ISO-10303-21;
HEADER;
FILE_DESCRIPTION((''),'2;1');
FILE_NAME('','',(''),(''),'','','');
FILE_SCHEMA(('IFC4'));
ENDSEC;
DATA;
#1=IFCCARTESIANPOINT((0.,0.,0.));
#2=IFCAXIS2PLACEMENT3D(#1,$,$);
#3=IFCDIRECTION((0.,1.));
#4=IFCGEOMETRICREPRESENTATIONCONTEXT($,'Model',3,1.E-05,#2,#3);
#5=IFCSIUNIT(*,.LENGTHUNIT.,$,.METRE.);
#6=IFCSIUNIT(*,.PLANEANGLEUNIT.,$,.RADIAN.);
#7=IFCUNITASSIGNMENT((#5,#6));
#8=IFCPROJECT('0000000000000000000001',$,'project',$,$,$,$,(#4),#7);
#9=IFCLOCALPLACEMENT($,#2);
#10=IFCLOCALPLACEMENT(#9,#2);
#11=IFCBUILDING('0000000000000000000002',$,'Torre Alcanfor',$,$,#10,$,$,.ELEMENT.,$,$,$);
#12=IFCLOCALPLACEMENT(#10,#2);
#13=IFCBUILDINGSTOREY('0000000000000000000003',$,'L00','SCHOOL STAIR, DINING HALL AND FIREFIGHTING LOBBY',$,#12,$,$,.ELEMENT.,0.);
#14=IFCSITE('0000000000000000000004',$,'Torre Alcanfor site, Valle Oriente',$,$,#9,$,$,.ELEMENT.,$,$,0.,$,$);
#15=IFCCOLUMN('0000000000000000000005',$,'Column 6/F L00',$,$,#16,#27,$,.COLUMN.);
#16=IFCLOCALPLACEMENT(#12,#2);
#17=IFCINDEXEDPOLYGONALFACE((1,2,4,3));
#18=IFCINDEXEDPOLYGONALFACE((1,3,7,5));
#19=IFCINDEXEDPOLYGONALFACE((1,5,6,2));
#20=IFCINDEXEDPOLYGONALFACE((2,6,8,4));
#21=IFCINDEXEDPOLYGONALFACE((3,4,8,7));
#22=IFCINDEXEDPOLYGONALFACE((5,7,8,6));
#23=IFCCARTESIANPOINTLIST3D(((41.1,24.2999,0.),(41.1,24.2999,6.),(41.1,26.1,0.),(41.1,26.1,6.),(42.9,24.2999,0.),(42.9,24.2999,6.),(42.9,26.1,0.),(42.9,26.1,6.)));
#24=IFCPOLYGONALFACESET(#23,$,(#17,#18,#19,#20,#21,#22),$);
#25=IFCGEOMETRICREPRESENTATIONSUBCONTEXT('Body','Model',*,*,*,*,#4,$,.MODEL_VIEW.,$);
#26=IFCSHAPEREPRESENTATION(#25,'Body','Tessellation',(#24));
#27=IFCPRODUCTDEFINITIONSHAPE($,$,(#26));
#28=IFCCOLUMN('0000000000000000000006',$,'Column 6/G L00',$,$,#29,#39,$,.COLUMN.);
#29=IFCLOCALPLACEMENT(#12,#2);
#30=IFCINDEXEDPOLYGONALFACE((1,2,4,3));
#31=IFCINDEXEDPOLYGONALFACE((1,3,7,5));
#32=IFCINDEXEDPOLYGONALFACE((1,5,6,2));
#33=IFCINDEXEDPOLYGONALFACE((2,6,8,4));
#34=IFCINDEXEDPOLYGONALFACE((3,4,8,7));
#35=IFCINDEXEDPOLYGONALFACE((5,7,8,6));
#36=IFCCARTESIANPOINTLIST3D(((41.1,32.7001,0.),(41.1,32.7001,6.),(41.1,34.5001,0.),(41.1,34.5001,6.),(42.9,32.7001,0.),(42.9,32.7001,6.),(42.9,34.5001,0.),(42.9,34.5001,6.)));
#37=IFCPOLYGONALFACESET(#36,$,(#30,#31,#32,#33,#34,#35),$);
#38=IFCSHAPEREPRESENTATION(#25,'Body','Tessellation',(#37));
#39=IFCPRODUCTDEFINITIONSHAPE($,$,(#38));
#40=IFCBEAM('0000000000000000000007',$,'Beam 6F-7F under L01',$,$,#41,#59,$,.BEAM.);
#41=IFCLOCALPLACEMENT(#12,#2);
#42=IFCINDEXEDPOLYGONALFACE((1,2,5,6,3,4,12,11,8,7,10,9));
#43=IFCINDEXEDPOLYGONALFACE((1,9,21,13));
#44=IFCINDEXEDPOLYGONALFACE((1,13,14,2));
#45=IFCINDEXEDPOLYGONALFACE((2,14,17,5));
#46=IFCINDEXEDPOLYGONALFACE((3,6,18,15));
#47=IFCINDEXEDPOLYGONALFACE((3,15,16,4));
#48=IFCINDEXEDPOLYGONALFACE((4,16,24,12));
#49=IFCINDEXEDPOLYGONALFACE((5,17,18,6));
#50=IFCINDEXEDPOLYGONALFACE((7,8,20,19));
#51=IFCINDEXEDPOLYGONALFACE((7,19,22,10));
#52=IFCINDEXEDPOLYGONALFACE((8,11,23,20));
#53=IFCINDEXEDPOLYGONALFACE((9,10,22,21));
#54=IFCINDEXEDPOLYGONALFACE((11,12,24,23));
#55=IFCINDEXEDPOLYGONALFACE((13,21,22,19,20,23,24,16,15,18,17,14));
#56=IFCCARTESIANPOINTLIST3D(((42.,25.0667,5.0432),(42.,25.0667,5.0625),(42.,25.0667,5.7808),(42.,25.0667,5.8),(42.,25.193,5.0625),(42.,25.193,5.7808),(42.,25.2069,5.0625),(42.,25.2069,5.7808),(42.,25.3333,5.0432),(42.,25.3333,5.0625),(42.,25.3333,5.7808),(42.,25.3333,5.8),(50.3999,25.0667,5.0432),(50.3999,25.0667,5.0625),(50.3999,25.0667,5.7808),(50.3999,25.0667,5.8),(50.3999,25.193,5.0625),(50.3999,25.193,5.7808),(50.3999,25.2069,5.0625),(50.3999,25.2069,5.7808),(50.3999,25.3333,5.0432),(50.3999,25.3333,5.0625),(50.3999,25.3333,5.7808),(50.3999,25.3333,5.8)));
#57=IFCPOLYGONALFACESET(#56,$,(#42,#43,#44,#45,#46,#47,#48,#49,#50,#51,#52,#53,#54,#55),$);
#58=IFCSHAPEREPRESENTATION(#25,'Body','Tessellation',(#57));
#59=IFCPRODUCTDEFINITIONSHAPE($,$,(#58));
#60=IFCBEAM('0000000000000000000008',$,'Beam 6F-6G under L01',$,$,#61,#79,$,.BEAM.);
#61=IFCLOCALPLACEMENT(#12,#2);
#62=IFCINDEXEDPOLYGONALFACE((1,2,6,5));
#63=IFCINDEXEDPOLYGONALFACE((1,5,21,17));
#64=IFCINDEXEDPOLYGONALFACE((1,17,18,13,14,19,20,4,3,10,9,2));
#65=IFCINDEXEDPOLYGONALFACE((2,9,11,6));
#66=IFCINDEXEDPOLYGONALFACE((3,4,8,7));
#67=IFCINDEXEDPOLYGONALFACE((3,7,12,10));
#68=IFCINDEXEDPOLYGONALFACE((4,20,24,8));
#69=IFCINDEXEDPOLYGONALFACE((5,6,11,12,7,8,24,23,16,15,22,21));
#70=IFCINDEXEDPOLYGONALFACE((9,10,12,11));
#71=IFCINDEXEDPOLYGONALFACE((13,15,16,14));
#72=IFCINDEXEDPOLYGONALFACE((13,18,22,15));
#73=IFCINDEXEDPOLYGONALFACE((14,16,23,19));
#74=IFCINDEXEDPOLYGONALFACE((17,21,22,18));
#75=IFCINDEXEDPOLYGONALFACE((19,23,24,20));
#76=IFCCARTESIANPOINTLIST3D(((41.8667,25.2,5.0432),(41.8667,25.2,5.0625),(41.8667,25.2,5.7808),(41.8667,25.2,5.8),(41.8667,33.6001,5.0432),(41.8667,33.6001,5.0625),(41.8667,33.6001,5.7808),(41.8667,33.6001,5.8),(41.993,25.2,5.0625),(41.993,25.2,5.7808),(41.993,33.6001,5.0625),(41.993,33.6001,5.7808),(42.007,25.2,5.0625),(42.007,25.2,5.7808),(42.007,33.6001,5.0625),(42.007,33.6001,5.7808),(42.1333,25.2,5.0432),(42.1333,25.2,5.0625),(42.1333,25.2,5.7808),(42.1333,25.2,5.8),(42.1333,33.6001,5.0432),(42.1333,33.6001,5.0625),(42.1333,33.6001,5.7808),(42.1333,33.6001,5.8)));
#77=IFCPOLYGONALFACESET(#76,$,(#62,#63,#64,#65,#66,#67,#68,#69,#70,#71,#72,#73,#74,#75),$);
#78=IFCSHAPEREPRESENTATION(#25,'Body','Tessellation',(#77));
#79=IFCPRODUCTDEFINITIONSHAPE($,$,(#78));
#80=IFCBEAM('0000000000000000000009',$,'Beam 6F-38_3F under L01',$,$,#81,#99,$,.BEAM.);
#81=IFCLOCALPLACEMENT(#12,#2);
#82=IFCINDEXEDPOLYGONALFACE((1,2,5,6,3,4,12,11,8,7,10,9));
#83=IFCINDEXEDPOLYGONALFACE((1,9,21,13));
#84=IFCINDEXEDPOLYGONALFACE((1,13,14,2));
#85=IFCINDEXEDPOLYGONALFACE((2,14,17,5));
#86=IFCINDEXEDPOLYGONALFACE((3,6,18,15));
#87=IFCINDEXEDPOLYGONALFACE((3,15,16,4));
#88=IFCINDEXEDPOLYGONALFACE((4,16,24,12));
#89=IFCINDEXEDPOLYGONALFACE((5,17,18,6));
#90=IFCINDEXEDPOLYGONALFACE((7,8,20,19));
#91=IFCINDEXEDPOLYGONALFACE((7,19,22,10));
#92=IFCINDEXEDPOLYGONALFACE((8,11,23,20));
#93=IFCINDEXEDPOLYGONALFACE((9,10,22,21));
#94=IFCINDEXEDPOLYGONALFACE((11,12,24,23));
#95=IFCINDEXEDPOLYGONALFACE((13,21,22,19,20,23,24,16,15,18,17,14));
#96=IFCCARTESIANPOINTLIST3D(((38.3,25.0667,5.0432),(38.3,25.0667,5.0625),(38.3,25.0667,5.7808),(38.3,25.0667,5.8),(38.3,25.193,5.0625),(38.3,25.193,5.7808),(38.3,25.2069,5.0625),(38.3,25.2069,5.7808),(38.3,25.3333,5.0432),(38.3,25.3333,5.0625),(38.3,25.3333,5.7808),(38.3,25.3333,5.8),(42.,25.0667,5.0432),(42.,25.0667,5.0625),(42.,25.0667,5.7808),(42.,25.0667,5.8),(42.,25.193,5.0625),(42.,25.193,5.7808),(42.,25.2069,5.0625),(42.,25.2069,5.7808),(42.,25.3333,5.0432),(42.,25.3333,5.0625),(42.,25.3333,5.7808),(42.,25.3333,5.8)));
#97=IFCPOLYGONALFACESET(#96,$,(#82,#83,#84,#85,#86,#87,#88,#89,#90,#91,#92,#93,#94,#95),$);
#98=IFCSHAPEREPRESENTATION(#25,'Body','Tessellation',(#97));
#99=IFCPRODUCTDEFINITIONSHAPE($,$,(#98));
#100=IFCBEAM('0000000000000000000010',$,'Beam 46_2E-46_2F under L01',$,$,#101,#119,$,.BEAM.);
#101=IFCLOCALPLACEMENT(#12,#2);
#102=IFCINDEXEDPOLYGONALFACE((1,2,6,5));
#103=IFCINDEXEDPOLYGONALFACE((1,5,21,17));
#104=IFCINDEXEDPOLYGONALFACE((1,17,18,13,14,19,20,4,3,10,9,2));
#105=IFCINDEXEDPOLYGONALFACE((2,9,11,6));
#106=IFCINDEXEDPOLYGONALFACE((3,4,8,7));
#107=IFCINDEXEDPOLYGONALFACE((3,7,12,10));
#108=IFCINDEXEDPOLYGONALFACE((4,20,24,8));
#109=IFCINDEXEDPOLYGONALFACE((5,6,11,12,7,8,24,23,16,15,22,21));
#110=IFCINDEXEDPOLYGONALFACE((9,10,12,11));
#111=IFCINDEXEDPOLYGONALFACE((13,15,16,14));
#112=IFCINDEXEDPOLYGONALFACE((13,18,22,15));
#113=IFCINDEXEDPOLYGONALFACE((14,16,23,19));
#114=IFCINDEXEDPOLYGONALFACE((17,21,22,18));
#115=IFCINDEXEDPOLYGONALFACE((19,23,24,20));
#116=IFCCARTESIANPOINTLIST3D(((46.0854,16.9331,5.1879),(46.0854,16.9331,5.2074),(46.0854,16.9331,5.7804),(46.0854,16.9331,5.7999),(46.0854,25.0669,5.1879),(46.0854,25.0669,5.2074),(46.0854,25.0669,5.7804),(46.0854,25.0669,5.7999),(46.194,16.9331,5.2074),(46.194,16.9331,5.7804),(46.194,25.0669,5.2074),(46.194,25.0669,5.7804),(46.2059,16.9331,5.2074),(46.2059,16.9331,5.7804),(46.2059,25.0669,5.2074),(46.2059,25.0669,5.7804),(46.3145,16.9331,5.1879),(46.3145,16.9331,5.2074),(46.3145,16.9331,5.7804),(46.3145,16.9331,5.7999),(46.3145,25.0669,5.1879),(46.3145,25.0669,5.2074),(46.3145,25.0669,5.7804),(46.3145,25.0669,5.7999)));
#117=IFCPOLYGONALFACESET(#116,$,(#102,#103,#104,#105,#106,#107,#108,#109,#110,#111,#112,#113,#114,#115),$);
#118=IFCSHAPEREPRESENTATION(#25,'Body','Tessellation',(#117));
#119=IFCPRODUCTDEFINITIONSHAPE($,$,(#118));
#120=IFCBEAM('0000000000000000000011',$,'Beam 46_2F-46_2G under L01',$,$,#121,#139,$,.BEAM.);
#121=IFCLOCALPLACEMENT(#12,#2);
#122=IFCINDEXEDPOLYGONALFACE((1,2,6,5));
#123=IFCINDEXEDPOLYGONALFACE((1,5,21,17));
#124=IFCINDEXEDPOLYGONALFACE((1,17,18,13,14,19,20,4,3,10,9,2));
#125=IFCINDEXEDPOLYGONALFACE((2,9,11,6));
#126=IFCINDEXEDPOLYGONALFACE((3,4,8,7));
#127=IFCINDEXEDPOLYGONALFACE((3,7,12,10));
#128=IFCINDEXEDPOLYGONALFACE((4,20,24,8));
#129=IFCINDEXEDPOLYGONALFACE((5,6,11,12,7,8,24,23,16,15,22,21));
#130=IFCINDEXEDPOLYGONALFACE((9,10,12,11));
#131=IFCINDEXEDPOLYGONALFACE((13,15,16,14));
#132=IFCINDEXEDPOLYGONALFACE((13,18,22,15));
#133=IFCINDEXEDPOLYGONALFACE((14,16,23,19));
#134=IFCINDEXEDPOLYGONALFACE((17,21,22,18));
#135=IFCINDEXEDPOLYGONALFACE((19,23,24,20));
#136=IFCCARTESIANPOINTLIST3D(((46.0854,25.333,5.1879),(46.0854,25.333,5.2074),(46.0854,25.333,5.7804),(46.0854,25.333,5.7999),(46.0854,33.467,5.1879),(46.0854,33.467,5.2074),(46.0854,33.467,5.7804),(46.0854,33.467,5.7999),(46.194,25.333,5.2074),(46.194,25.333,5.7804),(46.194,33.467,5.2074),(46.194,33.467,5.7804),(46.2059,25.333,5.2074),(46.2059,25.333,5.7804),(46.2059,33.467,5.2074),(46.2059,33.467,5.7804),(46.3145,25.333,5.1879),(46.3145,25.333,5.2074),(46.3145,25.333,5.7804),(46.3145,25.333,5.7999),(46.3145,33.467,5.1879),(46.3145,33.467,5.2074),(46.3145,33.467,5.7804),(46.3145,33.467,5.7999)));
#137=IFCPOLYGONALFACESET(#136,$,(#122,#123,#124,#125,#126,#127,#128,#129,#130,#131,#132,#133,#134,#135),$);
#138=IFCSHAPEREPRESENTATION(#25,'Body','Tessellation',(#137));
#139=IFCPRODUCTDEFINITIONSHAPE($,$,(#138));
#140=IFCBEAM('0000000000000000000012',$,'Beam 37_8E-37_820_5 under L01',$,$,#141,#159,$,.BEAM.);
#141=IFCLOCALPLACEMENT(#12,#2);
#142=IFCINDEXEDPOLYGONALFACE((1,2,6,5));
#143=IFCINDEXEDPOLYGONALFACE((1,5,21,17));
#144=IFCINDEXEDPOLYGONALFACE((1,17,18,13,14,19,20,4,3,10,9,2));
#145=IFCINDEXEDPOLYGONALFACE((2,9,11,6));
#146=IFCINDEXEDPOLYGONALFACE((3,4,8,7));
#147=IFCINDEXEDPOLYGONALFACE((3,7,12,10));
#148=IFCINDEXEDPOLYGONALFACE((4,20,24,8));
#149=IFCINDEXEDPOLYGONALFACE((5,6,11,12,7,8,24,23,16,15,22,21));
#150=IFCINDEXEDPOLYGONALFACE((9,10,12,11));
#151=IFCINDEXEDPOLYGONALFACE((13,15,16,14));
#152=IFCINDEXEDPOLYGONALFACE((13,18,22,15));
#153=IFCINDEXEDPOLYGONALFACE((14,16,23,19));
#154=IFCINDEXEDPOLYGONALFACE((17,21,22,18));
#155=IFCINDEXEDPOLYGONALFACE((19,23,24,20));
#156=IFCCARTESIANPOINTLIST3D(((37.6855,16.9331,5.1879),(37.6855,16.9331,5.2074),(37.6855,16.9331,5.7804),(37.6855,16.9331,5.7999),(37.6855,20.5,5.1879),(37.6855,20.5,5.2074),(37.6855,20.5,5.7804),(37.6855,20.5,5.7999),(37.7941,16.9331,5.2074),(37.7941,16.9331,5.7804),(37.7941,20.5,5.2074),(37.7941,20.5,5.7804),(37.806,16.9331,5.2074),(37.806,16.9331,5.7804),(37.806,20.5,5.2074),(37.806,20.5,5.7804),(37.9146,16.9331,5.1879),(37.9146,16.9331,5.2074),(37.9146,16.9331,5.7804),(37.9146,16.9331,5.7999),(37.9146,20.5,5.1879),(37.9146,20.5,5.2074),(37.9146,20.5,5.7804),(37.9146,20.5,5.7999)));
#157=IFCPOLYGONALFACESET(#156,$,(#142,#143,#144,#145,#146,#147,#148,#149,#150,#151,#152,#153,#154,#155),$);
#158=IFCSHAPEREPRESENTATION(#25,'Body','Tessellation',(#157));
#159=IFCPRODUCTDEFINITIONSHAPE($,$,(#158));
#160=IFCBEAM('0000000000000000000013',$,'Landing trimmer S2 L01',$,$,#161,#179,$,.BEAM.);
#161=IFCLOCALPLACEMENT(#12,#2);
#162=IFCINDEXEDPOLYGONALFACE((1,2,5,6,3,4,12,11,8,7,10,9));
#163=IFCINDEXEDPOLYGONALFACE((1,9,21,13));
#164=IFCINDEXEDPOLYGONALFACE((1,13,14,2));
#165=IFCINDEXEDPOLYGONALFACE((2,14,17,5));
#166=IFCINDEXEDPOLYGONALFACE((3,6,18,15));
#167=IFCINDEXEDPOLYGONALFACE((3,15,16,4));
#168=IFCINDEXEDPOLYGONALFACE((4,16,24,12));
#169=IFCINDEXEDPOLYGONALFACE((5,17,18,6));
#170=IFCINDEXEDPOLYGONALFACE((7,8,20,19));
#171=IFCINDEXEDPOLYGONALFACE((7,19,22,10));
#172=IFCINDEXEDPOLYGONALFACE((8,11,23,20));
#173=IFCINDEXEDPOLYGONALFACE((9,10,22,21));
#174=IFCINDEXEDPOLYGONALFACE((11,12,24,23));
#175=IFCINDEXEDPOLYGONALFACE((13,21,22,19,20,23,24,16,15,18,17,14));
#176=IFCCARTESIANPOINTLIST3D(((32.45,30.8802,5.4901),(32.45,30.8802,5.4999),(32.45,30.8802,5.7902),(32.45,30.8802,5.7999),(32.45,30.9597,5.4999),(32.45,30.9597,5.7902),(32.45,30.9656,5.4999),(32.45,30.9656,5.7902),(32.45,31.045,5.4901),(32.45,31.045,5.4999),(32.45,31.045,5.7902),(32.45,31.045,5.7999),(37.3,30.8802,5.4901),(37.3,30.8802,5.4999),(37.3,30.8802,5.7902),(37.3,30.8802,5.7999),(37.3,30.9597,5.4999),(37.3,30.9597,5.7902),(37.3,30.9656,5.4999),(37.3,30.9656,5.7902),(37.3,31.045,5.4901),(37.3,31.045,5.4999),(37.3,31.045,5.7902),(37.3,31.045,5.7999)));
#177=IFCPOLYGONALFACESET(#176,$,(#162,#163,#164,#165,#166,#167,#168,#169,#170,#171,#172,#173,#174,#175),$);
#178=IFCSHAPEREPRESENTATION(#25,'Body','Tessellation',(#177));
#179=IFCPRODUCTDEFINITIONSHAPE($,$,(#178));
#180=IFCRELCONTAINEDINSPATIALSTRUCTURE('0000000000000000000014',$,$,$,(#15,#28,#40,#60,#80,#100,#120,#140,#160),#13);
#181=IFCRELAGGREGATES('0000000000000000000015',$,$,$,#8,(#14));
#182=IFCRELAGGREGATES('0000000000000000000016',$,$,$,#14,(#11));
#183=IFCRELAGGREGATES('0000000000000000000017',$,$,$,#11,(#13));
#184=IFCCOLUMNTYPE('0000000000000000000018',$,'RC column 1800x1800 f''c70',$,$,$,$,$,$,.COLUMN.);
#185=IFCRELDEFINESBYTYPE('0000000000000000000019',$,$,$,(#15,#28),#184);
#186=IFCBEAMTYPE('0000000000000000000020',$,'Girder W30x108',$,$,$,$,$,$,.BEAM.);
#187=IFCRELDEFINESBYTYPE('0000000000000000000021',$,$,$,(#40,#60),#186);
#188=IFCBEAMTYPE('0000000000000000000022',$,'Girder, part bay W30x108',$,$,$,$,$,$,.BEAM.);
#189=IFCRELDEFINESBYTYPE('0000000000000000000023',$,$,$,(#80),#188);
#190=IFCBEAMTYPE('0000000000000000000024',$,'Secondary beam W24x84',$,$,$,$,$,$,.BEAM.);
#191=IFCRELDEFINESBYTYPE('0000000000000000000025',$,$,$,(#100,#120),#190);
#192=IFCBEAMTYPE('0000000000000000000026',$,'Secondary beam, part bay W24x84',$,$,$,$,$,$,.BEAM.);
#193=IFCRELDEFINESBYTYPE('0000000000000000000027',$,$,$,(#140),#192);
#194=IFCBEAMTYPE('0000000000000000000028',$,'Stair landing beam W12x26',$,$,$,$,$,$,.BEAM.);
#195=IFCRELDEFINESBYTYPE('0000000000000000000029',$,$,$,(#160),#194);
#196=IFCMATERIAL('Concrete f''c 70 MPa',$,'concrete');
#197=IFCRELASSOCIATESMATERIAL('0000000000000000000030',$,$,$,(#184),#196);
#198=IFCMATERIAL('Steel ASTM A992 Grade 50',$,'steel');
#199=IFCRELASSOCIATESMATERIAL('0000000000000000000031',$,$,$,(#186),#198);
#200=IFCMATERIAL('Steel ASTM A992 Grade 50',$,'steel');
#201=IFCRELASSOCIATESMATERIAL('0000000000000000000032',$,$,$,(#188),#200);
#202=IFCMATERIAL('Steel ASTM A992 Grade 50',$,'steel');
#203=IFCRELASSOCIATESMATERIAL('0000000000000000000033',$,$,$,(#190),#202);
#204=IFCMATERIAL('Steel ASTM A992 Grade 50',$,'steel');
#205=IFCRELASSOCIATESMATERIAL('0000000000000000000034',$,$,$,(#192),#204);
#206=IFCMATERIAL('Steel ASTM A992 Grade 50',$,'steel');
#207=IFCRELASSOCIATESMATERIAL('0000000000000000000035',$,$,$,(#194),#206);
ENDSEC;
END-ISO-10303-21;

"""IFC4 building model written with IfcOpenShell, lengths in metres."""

from ifc_helpers import new_model, si_unit, direction, frame, origin, origin_2d, place, context, subcontext, project, spatial, rectangle, i_section, extrude, material, material_profile, profile_set, type_object, element, save


model = new_model("IFC4")

# Units and contexts
model_context = context("Model", 3, precision=1e-05, world=origin(), true_north=direction((0.0, 1.0)))
body_context = subcontext(model_context, "Body", "Model", "MODEL_VIEW")
ifc_project = project(units=[si_unit("LENGTHUNIT", "METRE"), si_unit("PLANEANGLEUNIT", "RADIAN")], contexts=[model_context])

# Site, building, storey
site_placement = place(None, origin())
site = spatial("IfcSite", under=ifc_project, at=site_placement, Name="Torre Alcanfor site, Valle Oriente", CompositionType="ELEMENT", RefElevation=0.0)
building_placement = place(site_placement, origin())
building = spatial("IfcBuilding", under=site, at=building_placement, Name="Torre Alcanfor", CompositionType="ELEMENT")
storey_placement = place(building_placement, origin())
storey = spatial("IfcBuildingStorey", under=building, at=storey_placement, Name="L00", Description="SCHOOL STAIR, DINING HALL AND FIREFIGHTING LOBBY", CompositionType="ELEMENT", Elevation=0.0)

# Columns
ifc_material_1 = material(Name="Concrete f'c 70 MPa", Category="concrete")
ifc_material_profile_1 = material_profile(ifc_material_1, rectangle(XDim=1.8, YDim=1.8, at=origin_2d()), Name="1800x1800")
ifc_profile_set_1 = profile_set([ifc_material_profile_1], Name="Concrete f'c 70 MPa")
column_type = type_object("IfcColumnType", Name="RC column 1800x1800 f'c70", PredefinedType="COLUMN", material=ifc_profile_set_1)
for number, where, z_axis, x_axis, name in (
    (1, (42.0, 25.2, 0.0), (0.0, 0.0, 1.0), (1.0, 0.0, 0.0), "Column 6/F L00"),
    (2, (42.0, 33.6001, 0.0), (0.0, 0.0, 1.0), (1.0, 0.0, 0.0), "Column 6/G L00"),
):
    element("IfcColumn", number, at=place(storey_placement, frame(where, z_axis=z_axis, x_axis=x_axis)), inside=storey, type_object=column_type, Name=name, PredefinedType="COLUMN", context=body_context, shape_type="SweptSolid", body=[
        extrude(rectangle(XDim=1.8, YDim=1.8, at=origin_2d()), origin(), (0.0, 0.0, 1.0), 6.0),
    ])

# Beams
ifc_material_2 = material(Name="Steel ASTM A992 Grade 50", Category="steel")
ifc_material_profile_2 = material_profile(ifc_material_2, i_section(OverallWidth=0.2666, OverallDepth=0.7568, WebThickness=0.0139, FlangeThickness=0.0193, at=origin_2d()), Name="W30x108")
ifc_profile_set_2 = profile_set([ifc_material_profile_2], Name="Steel ASTM A992 Grade 50")
beam_type_1 = type_object("IfcBeamType", Name="Girder W30x108", PredefinedType="BEAM", material=ifc_profile_set_2)
beam_1_placement = place(storey_placement, frame((42.0, 25.2, 5.4216), z_axis=(1.0, 0.0, 0.0), x_axis=(0.0, 1.0, 0.0)))
element("IfcBeam", 3, at=beam_1_placement, inside=storey, type_object=beam_type_1, Name="Beam 6F-7F under L01", PredefinedType="BEAM", context=body_context, shape_type="SweptSolid", body=[
    extrude(i_section(OverallWidth=0.2666, OverallDepth=0.7568, WebThickness=0.0139, FlangeThickness=0.0193, at=origin_2d()), origin(), (0.0, 0.0, 1.0), 8.3999),
])
beam_2_placement = place(storey_placement, frame((42.0, 25.2, 5.4216), z_axis=(0.0, 1.0, 0.0), x_axis=(-1.0, 0.0, 0.0)))
element("IfcBeam", 4, at=beam_2_placement, inside=storey, type_object=beam_type_1, Name="Beam 6F-6G under L01", PredefinedType="BEAM", context=body_context, shape_type="SweptSolid", body=[
    extrude(i_section(OverallWidth=0.2666, OverallDepth=0.7568, WebThickness=0.0139, FlangeThickness=0.0193, at=origin_2d()), origin(), (0.0, 0.0, 1.0), 8.4001),
])
ifc_material_3 = material(Name="Steel ASTM A992 Grade 50", Category="steel")
ifc_material_profile_3 = material_profile(ifc_material_3, i_section(OverallWidth=0.2666, OverallDepth=0.7568, WebThickness=0.0139, FlangeThickness=0.0193, at=origin_2d()), Name="W30x108")
ifc_profile_set_3 = profile_set([ifc_material_profile_3], Name="Steel ASTM A992 Grade 50")
beam_type_2 = type_object("IfcBeamType", Name="Girder, part bay W30x108", PredefinedType="BEAM", material=ifc_profile_set_3)
beam_3_placement = place(storey_placement, frame((42.0, 25.2, 5.4216), z_axis=(-1.0, 0.0, 0.0), x_axis=(0.0, -1.0, 0.0)))
element("IfcBeam", 5, at=beam_3_placement, inside=storey, type_object=beam_type_2, Name="Beam 6F-38_3F under L01", PredefinedType="BEAM", context=body_context, shape_type="SweptSolid", body=[
    extrude(i_section(OverallWidth=0.2666, OverallDepth=0.7568, WebThickness=0.0139, FlangeThickness=0.0193, at=origin_2d()), origin(), (0.0, 0.0, 1.0), 3.7),
])
ifc_material_4 = material(Name="Steel ASTM A992 Grade 50", Category="steel")
ifc_material_profile_4 = material_profile(ifc_material_4, i_section(OverallWidth=0.229, OverallDepth=0.6121, WebThickness=0.012, FlangeThickness=0.0195, at=origin_2d()), Name="W24x84")
ifc_profile_set_4 = profile_set([ifc_material_profile_4], Name="Steel ASTM A992 Grade 50")
beam_type_3 = type_object("IfcBeamType", Name="Secondary beam W24x84", PredefinedType="BEAM", material=ifc_profile_set_4)
beam_4_placement = place(storey_placement, frame((46.2, 16.9331, 5.4939), z_axis=(0.0, 1.0, 0.0), x_axis=(-1.0, 0.0, 0.0)))
element("IfcBeam", 6, at=beam_4_placement, inside=storey, type_object=beam_type_3, Name="Beam 46_2E-46_2F under L01", PredefinedType="BEAM", context=body_context, shape_type="SweptSolid", body=[
    extrude(i_section(OverallWidth=0.229, OverallDepth=0.6121, WebThickness=0.012, FlangeThickness=0.0195, at=origin_2d()), origin(), (0.0, 0.0, 1.0), 8.1338),
])
beam_5_placement = place(storey_placement, frame((46.2, 25.333, 5.4939), z_axis=(0.0, 1.0, 0.0), x_axis=(-1.0, 0.0, 0.0)))
element("IfcBeam", 7, at=beam_5_placement, inside=storey, type_object=beam_type_3, Name="Beam 46_2F-46_2G under L01", PredefinedType="BEAM", context=body_context, shape_type="SweptSolid", body=[
    extrude(i_section(OverallWidth=0.229, OverallDepth=0.6121, WebThickness=0.012, FlangeThickness=0.0195, at=origin_2d()), origin(), (0.0, 0.0, 1.0), 8.134),
])
ifc_material_5 = material(Name="Steel ASTM A992 Grade 50", Category="steel")
ifc_material_profile_5 = material_profile(ifc_material_5, i_section(OverallWidth=0.229, OverallDepth=0.6121, WebThickness=0.012, FlangeThickness=0.0195, at=origin_2d()), Name="W24x84")
ifc_profile_set_5 = profile_set([ifc_material_profile_5], Name="Steel ASTM A992 Grade 50")
beam_type_4 = type_object("IfcBeamType", Name="Secondary beam, part bay W24x84", PredefinedType="BEAM", material=ifc_profile_set_5)
beam_6_placement = place(storey_placement, frame((37.8, 16.9331, 5.4939), z_axis=(0.0, 1.0, 0.0), x_axis=(-1.0, 0.0, 0.0)))
element("IfcBeam", 8, at=beam_6_placement, inside=storey, type_object=beam_type_4, Name="Beam 37_8E-37_820_5 under L01", PredefinedType="BEAM", context=body_context, shape_type="SweptSolid", body=[
    extrude(i_section(OverallWidth=0.229, OverallDepth=0.6121, WebThickness=0.012, FlangeThickness=0.0195, at=origin_2d()), origin(), (0.0, 0.0, 1.0), 3.5669),
])
ifc_material_6 = material(Name="Steel ASTM A992 Grade 50", Category="steel")
ifc_material_profile_6 = material_profile(ifc_material_6, i_section(OverallWidth=0.1648, OverallDepth=0.3098, WebThickness=0.0059, FlangeThickness=0.0098, at=origin_2d()), Name="W12x26")
ifc_profile_set_6 = profile_set([ifc_material_profile_6], Name="Steel ASTM A992 Grade 50")
beam_type_5 = type_object("IfcBeamType", Name="Stair landing beam W12x26", PredefinedType="BEAM", material=ifc_profile_set_6)
beam_7_placement = place(storey_placement, frame((32.45, 30.9626, 5.645), z_axis=(1.0, 0.0, 0.0), x_axis=(0.0, 1.0, 0.0)))
element("IfcBeam", 9, at=beam_7_placement, inside=storey, type_object=beam_type_5, Name="Landing trimmer S2 L01", PredefinedType="BEAM", context=body_context, shape_type="SweptSolid", body=[
    extrude(i_section(OverallWidth=0.1648, OverallDepth=0.3098, WebThickness=0.0059, FlangeThickness=0.0098, at=origin_2d()), origin(), (0.0, 0.0, 1.0), 4.8501),
])

save(model, "model.ifc")
